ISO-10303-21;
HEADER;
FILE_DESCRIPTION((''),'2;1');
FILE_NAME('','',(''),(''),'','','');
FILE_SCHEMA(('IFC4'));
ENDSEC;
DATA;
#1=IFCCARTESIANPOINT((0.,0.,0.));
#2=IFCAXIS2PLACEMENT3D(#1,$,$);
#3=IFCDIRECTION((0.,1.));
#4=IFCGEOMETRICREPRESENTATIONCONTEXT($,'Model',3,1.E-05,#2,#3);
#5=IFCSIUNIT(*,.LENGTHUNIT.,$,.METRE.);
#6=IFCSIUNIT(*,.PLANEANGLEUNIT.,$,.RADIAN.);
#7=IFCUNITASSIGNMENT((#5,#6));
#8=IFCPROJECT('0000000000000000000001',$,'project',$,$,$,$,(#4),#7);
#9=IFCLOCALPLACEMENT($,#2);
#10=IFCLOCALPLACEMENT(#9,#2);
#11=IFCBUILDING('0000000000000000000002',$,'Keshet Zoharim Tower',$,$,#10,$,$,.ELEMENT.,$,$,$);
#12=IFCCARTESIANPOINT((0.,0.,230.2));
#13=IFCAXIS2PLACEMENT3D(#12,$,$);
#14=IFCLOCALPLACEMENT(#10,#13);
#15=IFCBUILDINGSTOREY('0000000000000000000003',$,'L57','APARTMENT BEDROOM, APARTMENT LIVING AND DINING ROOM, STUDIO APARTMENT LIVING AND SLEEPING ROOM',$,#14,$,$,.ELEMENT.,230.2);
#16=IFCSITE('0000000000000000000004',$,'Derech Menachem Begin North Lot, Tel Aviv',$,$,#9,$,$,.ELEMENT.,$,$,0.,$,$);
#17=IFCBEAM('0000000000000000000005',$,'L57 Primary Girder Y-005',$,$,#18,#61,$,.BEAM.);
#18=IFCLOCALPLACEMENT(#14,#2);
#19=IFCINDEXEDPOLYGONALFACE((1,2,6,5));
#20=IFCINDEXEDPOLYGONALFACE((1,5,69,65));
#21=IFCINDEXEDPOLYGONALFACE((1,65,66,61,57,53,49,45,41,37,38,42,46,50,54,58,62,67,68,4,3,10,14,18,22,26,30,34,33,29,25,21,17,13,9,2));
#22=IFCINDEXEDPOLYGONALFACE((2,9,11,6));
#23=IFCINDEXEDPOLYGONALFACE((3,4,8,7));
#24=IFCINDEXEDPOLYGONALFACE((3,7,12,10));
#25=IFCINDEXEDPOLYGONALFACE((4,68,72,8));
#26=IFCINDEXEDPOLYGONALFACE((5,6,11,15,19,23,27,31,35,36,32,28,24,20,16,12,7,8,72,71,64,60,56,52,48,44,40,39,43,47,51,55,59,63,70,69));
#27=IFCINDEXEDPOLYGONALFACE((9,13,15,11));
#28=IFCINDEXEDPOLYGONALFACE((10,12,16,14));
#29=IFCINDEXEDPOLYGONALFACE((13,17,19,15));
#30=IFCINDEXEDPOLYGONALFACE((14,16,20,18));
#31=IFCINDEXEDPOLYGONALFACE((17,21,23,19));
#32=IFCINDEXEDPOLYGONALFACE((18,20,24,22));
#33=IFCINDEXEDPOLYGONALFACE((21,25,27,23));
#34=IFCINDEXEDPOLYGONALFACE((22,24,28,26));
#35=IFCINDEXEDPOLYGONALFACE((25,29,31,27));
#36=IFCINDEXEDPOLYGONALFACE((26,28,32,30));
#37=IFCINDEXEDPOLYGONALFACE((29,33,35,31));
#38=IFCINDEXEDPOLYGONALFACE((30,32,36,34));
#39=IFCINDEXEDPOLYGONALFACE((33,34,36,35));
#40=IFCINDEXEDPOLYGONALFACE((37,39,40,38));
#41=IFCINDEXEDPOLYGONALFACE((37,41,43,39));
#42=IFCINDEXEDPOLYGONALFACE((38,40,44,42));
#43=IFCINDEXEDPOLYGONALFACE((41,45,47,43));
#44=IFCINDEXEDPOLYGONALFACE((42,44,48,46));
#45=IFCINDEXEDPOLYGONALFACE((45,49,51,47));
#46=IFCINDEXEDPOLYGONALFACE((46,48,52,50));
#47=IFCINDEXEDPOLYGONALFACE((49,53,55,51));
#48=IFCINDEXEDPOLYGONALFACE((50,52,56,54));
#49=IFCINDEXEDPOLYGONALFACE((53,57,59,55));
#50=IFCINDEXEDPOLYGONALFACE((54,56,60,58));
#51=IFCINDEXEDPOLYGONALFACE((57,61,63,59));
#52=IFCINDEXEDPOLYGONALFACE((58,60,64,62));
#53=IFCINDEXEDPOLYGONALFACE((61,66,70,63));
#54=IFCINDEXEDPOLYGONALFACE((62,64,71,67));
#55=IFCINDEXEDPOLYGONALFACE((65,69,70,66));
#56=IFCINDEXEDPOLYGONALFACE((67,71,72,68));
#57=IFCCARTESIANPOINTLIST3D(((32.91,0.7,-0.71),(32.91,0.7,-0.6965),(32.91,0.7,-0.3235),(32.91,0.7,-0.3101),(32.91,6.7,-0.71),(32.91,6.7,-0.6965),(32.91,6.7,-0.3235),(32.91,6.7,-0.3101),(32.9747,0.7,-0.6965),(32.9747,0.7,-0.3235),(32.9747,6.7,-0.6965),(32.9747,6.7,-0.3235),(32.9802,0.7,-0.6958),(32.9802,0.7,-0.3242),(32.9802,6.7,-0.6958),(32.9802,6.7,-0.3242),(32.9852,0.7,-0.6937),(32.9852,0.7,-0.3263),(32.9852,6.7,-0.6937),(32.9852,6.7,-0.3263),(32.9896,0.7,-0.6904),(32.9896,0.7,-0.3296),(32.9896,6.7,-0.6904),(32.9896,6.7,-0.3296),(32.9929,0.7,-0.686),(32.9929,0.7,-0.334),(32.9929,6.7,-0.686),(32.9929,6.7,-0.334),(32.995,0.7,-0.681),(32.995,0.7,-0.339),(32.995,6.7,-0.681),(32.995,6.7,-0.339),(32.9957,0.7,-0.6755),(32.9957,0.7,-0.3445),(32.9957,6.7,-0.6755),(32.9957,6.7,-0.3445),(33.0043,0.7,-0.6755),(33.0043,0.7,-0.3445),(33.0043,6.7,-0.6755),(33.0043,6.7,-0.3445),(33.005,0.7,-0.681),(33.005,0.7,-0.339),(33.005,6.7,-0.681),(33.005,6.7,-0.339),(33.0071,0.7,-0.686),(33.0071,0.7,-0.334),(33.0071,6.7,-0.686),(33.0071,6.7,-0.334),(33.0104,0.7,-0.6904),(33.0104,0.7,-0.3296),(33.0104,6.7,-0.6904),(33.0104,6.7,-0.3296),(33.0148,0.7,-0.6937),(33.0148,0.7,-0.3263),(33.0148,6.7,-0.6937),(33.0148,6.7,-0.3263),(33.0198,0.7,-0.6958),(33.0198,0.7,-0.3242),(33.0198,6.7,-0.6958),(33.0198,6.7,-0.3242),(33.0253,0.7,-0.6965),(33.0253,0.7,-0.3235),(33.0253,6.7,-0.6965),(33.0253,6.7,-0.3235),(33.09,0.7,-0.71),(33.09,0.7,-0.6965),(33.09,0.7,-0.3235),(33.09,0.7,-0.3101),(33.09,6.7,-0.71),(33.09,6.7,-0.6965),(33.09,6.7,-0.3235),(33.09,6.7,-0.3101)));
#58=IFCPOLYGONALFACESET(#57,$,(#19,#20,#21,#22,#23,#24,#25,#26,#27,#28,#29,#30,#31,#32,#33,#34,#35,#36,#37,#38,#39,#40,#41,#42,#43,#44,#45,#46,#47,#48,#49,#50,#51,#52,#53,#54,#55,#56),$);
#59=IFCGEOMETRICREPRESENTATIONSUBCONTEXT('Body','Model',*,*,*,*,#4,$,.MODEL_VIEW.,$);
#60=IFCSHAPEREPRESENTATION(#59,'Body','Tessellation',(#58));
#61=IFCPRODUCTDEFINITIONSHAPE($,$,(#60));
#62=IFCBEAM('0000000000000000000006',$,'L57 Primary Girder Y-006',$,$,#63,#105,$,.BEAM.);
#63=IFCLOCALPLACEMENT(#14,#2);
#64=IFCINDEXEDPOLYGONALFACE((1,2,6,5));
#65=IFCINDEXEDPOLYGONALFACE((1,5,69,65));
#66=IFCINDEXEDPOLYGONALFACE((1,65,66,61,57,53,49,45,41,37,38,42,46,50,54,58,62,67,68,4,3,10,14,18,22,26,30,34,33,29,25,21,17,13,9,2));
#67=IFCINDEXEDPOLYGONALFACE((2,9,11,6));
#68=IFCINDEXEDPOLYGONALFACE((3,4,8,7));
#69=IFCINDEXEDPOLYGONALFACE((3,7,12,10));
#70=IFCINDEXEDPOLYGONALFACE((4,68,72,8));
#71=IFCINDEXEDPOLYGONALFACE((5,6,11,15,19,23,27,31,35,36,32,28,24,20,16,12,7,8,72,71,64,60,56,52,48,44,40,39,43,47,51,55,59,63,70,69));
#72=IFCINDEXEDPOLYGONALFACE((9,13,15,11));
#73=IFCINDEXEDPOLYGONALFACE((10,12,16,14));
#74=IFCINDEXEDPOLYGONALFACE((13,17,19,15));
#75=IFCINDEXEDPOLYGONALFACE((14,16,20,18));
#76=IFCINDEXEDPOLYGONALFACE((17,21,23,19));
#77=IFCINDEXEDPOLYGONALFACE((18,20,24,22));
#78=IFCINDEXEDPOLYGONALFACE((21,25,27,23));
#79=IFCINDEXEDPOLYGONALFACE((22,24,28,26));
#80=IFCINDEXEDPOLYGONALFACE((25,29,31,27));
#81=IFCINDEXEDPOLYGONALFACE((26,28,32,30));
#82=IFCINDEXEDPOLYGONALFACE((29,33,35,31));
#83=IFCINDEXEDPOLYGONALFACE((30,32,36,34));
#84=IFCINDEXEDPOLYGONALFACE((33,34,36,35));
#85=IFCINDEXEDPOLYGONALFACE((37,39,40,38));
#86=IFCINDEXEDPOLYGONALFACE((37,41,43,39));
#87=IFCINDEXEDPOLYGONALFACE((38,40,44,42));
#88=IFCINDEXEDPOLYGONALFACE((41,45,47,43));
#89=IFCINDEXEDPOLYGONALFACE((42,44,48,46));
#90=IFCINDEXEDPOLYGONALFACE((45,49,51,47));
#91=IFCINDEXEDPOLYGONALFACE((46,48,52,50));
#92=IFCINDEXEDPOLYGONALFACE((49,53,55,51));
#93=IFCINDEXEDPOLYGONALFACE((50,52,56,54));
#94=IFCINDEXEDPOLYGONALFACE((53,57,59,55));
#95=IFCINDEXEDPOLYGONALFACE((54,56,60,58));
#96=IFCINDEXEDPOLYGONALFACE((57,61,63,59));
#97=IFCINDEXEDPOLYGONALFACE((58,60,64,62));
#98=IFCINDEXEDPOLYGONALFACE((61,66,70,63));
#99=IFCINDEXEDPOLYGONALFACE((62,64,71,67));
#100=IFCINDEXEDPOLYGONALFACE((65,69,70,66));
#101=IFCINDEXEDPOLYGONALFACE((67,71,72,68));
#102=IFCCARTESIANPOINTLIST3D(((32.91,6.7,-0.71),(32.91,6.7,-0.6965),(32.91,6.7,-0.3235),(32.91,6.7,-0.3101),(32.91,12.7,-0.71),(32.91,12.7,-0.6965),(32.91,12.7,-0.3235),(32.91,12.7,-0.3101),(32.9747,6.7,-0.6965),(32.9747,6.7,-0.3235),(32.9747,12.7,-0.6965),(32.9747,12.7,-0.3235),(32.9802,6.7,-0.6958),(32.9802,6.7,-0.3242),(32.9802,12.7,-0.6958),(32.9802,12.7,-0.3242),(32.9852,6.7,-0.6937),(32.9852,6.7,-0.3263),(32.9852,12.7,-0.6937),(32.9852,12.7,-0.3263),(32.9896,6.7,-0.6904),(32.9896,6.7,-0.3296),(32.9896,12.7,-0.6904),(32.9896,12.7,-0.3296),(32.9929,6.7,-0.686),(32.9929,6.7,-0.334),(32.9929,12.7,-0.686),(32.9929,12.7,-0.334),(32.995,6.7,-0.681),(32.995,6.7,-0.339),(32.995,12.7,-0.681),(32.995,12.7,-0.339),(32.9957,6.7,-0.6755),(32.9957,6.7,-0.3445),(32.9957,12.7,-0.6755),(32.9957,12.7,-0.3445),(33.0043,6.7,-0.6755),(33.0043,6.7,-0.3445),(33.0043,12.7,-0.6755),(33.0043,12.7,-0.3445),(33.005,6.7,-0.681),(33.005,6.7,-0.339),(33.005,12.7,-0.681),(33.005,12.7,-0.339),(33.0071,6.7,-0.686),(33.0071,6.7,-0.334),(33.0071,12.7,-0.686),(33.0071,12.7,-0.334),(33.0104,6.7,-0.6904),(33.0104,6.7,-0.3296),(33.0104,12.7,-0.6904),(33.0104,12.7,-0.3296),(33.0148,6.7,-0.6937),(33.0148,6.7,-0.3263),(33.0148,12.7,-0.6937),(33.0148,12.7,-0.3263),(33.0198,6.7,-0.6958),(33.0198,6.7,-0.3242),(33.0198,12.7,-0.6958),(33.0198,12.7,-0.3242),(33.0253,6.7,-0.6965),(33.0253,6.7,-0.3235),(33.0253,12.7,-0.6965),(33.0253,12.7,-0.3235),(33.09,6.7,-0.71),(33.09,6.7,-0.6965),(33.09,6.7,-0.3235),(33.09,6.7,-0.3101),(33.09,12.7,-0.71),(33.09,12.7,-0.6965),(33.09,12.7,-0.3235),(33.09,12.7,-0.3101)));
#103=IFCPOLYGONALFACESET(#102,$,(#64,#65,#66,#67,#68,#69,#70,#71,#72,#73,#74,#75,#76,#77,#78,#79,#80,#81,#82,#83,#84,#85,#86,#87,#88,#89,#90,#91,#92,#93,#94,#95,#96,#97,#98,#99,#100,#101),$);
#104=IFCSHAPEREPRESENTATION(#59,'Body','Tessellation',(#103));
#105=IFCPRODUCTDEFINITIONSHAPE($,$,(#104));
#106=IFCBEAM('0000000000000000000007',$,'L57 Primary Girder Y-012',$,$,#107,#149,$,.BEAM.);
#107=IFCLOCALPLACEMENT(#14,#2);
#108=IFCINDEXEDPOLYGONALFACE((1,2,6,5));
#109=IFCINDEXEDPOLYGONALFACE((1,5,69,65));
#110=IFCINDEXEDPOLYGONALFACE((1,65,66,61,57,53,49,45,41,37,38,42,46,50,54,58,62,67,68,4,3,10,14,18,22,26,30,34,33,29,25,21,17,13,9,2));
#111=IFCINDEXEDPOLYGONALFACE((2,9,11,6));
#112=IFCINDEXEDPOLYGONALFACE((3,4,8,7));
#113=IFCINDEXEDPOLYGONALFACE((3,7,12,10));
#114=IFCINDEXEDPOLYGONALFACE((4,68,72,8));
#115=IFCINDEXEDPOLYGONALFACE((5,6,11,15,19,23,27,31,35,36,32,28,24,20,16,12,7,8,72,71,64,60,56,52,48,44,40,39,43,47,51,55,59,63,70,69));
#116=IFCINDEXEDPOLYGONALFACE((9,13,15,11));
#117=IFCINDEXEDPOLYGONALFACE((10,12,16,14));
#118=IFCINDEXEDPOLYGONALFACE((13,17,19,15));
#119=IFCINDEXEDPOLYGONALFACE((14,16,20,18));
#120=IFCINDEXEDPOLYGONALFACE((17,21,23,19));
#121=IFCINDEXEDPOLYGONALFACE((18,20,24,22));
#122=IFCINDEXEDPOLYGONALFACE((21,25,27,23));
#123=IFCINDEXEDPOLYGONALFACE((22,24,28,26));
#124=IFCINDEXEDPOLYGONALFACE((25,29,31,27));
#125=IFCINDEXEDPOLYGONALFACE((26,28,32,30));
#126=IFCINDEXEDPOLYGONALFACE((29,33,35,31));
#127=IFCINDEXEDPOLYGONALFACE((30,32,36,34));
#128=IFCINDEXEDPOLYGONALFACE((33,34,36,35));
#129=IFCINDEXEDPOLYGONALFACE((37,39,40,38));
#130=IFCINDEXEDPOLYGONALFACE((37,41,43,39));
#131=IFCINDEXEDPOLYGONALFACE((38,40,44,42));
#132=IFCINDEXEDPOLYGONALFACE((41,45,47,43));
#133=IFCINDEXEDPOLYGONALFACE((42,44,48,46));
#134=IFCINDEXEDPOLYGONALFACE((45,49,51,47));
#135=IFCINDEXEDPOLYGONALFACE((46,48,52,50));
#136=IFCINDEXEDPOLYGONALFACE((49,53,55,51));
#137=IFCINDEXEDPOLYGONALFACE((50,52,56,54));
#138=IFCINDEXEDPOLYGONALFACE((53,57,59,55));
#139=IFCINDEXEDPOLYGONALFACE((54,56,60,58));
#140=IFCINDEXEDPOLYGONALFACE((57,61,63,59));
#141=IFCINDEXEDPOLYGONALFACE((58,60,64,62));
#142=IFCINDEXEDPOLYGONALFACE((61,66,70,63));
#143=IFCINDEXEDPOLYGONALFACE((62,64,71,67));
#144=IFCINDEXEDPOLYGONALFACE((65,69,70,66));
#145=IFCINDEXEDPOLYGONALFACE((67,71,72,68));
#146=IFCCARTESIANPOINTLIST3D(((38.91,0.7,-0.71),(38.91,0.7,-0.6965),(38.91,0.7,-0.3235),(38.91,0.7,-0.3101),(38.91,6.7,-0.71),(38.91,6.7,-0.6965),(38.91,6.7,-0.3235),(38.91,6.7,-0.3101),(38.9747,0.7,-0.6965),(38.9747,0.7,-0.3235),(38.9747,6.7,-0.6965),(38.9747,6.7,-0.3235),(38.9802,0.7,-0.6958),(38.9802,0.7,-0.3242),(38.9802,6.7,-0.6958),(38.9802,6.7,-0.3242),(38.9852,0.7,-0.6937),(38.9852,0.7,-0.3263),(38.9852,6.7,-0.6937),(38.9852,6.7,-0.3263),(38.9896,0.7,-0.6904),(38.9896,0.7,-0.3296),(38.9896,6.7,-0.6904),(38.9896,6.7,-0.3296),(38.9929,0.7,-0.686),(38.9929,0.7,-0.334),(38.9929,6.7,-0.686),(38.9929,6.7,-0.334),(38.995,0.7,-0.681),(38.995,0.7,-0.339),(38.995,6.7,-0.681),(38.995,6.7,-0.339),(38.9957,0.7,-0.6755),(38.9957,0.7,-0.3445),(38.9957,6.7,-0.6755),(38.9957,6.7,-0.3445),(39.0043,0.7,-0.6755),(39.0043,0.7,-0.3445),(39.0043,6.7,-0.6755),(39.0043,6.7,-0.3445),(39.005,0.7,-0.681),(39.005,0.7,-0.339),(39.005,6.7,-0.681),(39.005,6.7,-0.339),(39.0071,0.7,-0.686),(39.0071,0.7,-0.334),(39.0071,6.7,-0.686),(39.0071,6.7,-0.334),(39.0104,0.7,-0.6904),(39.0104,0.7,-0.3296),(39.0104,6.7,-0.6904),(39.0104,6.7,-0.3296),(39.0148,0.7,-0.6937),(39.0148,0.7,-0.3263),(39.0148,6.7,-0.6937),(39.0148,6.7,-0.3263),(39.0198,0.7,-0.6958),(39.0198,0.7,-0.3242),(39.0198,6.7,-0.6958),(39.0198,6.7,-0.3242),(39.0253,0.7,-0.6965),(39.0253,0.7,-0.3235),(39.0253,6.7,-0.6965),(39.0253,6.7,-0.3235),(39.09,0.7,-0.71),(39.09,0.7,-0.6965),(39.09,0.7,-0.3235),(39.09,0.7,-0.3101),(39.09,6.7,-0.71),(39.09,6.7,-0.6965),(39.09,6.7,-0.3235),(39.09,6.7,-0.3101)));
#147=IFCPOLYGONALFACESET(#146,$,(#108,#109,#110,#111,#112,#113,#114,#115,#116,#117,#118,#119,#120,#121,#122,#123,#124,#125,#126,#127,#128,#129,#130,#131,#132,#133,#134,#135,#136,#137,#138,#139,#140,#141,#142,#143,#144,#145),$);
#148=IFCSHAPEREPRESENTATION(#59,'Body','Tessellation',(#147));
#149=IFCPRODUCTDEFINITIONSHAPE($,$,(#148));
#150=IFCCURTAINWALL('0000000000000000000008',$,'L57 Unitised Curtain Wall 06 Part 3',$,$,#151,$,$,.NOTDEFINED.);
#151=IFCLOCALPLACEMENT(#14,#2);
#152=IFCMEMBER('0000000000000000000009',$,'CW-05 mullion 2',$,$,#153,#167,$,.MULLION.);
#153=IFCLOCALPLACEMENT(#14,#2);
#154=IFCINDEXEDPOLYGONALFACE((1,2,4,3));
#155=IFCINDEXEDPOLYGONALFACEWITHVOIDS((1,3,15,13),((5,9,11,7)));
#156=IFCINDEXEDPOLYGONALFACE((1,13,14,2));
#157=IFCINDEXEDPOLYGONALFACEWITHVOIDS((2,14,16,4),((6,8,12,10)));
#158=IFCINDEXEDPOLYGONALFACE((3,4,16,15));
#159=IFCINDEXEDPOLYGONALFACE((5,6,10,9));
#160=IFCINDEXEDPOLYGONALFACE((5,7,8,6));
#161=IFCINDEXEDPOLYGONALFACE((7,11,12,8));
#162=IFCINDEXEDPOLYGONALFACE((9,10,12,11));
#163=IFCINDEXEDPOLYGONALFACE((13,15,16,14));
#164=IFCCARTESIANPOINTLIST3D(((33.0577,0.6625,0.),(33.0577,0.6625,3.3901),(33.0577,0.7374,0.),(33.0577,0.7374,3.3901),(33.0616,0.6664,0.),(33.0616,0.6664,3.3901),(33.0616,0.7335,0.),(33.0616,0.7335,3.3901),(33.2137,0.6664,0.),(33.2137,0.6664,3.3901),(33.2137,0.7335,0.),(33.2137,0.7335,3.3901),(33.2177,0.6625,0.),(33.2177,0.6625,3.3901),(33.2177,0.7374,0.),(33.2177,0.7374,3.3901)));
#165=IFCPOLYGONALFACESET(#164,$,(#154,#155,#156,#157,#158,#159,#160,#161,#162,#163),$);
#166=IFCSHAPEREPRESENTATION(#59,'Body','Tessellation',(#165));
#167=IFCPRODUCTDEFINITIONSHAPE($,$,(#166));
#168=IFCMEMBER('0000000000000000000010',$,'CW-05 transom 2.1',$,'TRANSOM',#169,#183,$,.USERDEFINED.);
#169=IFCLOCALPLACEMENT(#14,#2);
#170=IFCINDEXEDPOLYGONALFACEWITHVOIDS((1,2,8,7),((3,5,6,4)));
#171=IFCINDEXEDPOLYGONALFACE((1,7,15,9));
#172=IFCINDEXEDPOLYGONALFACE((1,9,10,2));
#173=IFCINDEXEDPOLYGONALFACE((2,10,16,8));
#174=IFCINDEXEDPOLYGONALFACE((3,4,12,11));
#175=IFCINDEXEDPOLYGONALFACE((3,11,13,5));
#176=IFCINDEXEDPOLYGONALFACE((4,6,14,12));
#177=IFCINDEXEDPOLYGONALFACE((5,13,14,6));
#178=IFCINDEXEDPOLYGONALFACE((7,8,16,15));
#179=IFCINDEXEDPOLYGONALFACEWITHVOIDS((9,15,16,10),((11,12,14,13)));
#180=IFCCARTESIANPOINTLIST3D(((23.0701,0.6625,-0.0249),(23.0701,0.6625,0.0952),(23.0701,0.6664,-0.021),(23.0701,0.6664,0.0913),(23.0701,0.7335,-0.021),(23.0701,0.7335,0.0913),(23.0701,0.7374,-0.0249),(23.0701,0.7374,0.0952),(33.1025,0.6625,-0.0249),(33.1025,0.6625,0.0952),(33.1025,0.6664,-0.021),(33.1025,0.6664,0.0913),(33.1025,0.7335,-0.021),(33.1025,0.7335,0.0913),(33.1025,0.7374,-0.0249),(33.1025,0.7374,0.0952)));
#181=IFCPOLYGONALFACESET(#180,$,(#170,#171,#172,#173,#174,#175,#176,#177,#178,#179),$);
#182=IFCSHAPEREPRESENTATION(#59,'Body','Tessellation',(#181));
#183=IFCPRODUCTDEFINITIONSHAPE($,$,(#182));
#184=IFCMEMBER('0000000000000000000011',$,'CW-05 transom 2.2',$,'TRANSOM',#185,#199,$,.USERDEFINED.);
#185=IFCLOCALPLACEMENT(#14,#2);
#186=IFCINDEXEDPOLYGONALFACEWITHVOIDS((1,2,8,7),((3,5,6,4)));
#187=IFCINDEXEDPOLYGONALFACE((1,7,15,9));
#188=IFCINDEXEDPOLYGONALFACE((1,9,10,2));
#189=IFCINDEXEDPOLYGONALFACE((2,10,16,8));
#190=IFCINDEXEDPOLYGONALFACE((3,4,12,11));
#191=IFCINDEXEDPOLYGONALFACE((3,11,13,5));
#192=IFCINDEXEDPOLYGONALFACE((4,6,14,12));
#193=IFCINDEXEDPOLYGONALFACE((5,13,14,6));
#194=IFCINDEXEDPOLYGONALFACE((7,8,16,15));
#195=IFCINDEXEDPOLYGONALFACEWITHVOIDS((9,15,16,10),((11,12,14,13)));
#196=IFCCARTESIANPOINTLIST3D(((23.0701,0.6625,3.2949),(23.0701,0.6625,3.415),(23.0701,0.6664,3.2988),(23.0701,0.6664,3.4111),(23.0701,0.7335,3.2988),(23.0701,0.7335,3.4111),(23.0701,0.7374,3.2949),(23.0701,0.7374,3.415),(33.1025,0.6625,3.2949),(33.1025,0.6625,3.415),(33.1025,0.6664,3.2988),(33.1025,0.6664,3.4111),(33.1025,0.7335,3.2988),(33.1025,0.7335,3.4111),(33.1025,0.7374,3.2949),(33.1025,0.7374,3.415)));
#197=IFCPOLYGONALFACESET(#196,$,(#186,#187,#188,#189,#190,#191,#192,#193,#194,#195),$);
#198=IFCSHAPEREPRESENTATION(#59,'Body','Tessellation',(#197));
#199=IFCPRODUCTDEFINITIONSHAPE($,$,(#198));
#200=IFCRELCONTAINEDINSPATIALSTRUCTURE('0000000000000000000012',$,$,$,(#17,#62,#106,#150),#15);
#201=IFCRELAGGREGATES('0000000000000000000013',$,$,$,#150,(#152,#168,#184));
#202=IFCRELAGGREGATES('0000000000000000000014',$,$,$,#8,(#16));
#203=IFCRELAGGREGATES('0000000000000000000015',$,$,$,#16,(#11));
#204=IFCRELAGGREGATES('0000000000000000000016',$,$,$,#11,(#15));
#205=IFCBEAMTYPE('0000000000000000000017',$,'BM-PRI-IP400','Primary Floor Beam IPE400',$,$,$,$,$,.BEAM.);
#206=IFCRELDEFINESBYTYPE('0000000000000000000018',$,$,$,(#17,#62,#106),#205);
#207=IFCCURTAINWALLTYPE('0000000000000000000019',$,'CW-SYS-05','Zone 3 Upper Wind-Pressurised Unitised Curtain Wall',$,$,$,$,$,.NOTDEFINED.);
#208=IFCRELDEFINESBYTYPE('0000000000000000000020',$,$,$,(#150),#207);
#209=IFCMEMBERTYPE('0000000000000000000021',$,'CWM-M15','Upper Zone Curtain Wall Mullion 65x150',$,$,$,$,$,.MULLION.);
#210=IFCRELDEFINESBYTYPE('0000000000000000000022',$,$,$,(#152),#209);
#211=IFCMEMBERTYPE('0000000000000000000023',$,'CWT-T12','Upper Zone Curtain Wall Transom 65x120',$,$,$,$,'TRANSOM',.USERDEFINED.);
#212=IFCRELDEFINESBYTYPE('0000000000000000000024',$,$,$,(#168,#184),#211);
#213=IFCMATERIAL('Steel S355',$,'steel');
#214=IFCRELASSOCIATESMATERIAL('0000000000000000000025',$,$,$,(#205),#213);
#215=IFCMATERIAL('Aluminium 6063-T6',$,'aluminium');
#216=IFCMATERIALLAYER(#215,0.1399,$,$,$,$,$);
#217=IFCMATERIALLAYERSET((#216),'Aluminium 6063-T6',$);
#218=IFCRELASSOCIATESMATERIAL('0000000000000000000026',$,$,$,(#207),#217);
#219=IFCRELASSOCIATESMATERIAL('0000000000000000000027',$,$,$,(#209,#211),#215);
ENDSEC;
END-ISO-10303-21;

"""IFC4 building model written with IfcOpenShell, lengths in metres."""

from ifc_helpers import new_model, si_unit, direction, frame, origin, origin_2d, place, context, subcontext, project, spatial, hollow_rectangle, i_section, extrude, material, layer, layer_set, material_profile, profile_set, type_object, element, aggregate, save


model = new_model("IFC4")

# Units and contexts
model_context = context("Model", 3, precision=1e-05, world=origin(), true_north=direction((0.0, 1.0)))
body_context = subcontext(model_context, "Body", "Model", "MODEL_VIEW")
ifc_project = project(units=[si_unit("LENGTHUNIT", "METRE"), si_unit("PLANEANGLEUNIT", "RADIAN")], contexts=[model_context])

# Site, building, storey
site_placement = place(None, origin())
site = spatial("IfcSite", under=ifc_project, at=site_placement, Name="Derech Menachem Begin North Lot, Tel Aviv", CompositionType="ELEMENT", RefElevation=0.0)
building_placement = place(site_placement, origin())
building = spatial("IfcBuilding", under=site, at=building_placement, Name="Keshet Zoharim Tower", CompositionType="ELEMENT")
storey_placement = place(building_placement, frame((0.0, 0.0, 230.2)))
storey = spatial("IfcBuildingStorey", under=building, at=storey_placement, Name="L57", Description="APARTMENT BEDROOM, APARTMENT LIVING AND DINING ROOM, STUDIO APARTMENT LIVING AND SLEEPING ROOM", CompositionType="ELEMENT", Elevation=230.2)

# Shared definitions
ifc_material_1 = material(Name="Steel S355", Category="steel")

# Beams
ifc_material_profile_1 = material_profile(ifc_material_1, i_section(OverallWidth=0.1799, OverallDepth=0.3999, WebThickness=0.0085, FlangeThickness=0.0134, FilletRadius=0.021, at=origin_2d()), Name="IPE400")
ifc_profile_set_1 = profile_set([ifc_material_profile_1], Name="Steel S355")
beam_type_1 = type_object("IfcBeamType", Name="BM-PRI-IP400", Description="Primary Floor Beam IPE400", PredefinedType="BEAM", material=ifc_profile_set_1)
for number, where, z_axis, x_axis, name in (
    (1, (33.0, 0.7, -0.51), (0.0, 1.0, 0.0), (-1.0, 0.0, 0.0), "L57 Primary Girder Y-005"),
    (2, (33.0, 6.7, -0.51), (0.0, 1.0, 0.0), (-1.0, 0.0, 0.0), "L57 Primary Girder Y-006"),
    (3, (39.0, 0.7, -0.51), (0.0, 1.0, 0.0), (-1.0, 0.0, 0.0), "L57 Primary Girder Y-012"),
):
    element("IfcBeam", number, at=place(storey_placement, frame(where, z_axis=z_axis, x_axis=x_axis)), inside=storey, type_object=beam_type_1, Name=name, PredefinedType="BEAM", context=body_context, shape_type="SweptSolid", body=[
        extrude(i_section(OverallWidth=0.1799, OverallDepth=0.3999, WebThickness=0.0085, FlangeThickness=0.0134, FilletRadius=0.021, at=origin_2d()), origin(), (0.0, 0.0, 1.0), 6.0),
    ])

# Curtain wall, members
ifc_material_2 = material(Name="Aluminium 6063-T6", Category="aluminium")
ifc_layer_1 = layer(ifc_material_2, 0.1399)
ifc_layer_set_1 = layer_set([ifc_layer_1], Name="Aluminium 6063-T6")
curtain_wall_type = type_object("IfcCurtainWallType", Name="CW-SYS-05", Description="Zone 3 Upper Wind-Pressurised Unitised Curtain Wall", PredefinedType="NOTDEFINED", material=ifc_layer_set_1)
curtain_wall_placement = place(storey_placement, origin())
curtain_wall = element("IfcCurtainWall", 4, at=curtain_wall_placement, inside=storey, type_object=curtain_wall_type, Name="L57 Unitised Curtain Wall 06 Part 3", PredefinedType="NOTDEFINED")
ifc_material_profile_2 = material_profile(ifc_material_2, hollow_rectangle(XDim=0.075, YDim=0.1599, WallThickness=0.0039, at=origin_2d()), Name="MUL-75x160")
ifc_profile_set_2 = profile_set([ifc_material_profile_2], Name="Aluminium 6063-T6")
member_type_1 = type_object("IfcMemberType", Name="CWM-M15", Description="Upper Zone Curtain Wall Mullion 65x150", PredefinedType="MULLION", material=ifc_profile_set_2)
member_1_placement = place(storey_placement, frame((33.1377, 0.7, 0.0), z_axis=(0.0, 0.0, 1.0), x_axis=(0.0, -1.0, 0.0)))
member_1 = element("IfcMember", 5, at=member_1_placement, type_object=member_type_1, Name="CW-05 mullion 2", PredefinedType="MULLION", context=body_context, shape_type="SweptSolid", body=[
    extrude(hollow_rectangle(XDim=0.075, YDim=0.1599, WallThickness=0.0039, at=origin_2d()), origin(), (0.0, 0.0, 1.0), 3.3901),
])
ifc_material_profile_3 = material_profile(ifc_material_2, hollow_rectangle(XDim=0.075, YDim=0.1201, WallThickness=0.0039, at=origin_2d()), Name="TRN-75x120")
ifc_profile_set_3 = profile_set([ifc_material_profile_3], Name="Aluminium 6063-T6")
member_type_2 = type_object("IfcMemberType", Name="CWT-T12", Description="Upper Zone Curtain Wall Transom 65x120", ElementType="TRANSOM", PredefinedType="USERDEFINED", material=ifc_profile_set_3)
member_2_placement = place(storey_placement, frame((33.1025, 0.7, 0.0352), z_axis=(-1.0, 0.0, 0.0), x_axis=(0.0, -1.0, 0.0)))
member_2 = element("IfcMember", 6, at=member_2_placement, type_object=member_type_2, Name="CW-05 transom 2.1", ObjectType="TRANSOM", PredefinedType="USERDEFINED", context=body_context, shape_type="SweptSolid", body=[
    extrude(hollow_rectangle(XDim=0.075, YDim=0.1201, WallThickness=0.0039, at=origin_2d()), origin(), (0.0, 0.0, 1.0), 10.0325),
])
member_3_placement = place(storey_placement, frame((33.1025, 0.7, 3.355), z_axis=(-1.0, 0.0, 0.0), x_axis=(0.0, -1.0, 0.0)))
member_3 = element("IfcMember", 7, at=member_3_placement, type_object=member_type_2, Name="CW-05 transom 2.2", ObjectType="TRANSOM", PredefinedType="USERDEFINED", context=body_context, shape_type="SweptSolid", body=[
    extrude(hollow_rectangle(XDim=0.075, YDim=0.1201, WallThickness=0.0039, at=origin_2d()), origin(), (0.0, 0.0, 1.0), 10.0325),
])
aggregate(curtain_wall, [member_1, member_2, member_3])

save(model, "model.ifc")
